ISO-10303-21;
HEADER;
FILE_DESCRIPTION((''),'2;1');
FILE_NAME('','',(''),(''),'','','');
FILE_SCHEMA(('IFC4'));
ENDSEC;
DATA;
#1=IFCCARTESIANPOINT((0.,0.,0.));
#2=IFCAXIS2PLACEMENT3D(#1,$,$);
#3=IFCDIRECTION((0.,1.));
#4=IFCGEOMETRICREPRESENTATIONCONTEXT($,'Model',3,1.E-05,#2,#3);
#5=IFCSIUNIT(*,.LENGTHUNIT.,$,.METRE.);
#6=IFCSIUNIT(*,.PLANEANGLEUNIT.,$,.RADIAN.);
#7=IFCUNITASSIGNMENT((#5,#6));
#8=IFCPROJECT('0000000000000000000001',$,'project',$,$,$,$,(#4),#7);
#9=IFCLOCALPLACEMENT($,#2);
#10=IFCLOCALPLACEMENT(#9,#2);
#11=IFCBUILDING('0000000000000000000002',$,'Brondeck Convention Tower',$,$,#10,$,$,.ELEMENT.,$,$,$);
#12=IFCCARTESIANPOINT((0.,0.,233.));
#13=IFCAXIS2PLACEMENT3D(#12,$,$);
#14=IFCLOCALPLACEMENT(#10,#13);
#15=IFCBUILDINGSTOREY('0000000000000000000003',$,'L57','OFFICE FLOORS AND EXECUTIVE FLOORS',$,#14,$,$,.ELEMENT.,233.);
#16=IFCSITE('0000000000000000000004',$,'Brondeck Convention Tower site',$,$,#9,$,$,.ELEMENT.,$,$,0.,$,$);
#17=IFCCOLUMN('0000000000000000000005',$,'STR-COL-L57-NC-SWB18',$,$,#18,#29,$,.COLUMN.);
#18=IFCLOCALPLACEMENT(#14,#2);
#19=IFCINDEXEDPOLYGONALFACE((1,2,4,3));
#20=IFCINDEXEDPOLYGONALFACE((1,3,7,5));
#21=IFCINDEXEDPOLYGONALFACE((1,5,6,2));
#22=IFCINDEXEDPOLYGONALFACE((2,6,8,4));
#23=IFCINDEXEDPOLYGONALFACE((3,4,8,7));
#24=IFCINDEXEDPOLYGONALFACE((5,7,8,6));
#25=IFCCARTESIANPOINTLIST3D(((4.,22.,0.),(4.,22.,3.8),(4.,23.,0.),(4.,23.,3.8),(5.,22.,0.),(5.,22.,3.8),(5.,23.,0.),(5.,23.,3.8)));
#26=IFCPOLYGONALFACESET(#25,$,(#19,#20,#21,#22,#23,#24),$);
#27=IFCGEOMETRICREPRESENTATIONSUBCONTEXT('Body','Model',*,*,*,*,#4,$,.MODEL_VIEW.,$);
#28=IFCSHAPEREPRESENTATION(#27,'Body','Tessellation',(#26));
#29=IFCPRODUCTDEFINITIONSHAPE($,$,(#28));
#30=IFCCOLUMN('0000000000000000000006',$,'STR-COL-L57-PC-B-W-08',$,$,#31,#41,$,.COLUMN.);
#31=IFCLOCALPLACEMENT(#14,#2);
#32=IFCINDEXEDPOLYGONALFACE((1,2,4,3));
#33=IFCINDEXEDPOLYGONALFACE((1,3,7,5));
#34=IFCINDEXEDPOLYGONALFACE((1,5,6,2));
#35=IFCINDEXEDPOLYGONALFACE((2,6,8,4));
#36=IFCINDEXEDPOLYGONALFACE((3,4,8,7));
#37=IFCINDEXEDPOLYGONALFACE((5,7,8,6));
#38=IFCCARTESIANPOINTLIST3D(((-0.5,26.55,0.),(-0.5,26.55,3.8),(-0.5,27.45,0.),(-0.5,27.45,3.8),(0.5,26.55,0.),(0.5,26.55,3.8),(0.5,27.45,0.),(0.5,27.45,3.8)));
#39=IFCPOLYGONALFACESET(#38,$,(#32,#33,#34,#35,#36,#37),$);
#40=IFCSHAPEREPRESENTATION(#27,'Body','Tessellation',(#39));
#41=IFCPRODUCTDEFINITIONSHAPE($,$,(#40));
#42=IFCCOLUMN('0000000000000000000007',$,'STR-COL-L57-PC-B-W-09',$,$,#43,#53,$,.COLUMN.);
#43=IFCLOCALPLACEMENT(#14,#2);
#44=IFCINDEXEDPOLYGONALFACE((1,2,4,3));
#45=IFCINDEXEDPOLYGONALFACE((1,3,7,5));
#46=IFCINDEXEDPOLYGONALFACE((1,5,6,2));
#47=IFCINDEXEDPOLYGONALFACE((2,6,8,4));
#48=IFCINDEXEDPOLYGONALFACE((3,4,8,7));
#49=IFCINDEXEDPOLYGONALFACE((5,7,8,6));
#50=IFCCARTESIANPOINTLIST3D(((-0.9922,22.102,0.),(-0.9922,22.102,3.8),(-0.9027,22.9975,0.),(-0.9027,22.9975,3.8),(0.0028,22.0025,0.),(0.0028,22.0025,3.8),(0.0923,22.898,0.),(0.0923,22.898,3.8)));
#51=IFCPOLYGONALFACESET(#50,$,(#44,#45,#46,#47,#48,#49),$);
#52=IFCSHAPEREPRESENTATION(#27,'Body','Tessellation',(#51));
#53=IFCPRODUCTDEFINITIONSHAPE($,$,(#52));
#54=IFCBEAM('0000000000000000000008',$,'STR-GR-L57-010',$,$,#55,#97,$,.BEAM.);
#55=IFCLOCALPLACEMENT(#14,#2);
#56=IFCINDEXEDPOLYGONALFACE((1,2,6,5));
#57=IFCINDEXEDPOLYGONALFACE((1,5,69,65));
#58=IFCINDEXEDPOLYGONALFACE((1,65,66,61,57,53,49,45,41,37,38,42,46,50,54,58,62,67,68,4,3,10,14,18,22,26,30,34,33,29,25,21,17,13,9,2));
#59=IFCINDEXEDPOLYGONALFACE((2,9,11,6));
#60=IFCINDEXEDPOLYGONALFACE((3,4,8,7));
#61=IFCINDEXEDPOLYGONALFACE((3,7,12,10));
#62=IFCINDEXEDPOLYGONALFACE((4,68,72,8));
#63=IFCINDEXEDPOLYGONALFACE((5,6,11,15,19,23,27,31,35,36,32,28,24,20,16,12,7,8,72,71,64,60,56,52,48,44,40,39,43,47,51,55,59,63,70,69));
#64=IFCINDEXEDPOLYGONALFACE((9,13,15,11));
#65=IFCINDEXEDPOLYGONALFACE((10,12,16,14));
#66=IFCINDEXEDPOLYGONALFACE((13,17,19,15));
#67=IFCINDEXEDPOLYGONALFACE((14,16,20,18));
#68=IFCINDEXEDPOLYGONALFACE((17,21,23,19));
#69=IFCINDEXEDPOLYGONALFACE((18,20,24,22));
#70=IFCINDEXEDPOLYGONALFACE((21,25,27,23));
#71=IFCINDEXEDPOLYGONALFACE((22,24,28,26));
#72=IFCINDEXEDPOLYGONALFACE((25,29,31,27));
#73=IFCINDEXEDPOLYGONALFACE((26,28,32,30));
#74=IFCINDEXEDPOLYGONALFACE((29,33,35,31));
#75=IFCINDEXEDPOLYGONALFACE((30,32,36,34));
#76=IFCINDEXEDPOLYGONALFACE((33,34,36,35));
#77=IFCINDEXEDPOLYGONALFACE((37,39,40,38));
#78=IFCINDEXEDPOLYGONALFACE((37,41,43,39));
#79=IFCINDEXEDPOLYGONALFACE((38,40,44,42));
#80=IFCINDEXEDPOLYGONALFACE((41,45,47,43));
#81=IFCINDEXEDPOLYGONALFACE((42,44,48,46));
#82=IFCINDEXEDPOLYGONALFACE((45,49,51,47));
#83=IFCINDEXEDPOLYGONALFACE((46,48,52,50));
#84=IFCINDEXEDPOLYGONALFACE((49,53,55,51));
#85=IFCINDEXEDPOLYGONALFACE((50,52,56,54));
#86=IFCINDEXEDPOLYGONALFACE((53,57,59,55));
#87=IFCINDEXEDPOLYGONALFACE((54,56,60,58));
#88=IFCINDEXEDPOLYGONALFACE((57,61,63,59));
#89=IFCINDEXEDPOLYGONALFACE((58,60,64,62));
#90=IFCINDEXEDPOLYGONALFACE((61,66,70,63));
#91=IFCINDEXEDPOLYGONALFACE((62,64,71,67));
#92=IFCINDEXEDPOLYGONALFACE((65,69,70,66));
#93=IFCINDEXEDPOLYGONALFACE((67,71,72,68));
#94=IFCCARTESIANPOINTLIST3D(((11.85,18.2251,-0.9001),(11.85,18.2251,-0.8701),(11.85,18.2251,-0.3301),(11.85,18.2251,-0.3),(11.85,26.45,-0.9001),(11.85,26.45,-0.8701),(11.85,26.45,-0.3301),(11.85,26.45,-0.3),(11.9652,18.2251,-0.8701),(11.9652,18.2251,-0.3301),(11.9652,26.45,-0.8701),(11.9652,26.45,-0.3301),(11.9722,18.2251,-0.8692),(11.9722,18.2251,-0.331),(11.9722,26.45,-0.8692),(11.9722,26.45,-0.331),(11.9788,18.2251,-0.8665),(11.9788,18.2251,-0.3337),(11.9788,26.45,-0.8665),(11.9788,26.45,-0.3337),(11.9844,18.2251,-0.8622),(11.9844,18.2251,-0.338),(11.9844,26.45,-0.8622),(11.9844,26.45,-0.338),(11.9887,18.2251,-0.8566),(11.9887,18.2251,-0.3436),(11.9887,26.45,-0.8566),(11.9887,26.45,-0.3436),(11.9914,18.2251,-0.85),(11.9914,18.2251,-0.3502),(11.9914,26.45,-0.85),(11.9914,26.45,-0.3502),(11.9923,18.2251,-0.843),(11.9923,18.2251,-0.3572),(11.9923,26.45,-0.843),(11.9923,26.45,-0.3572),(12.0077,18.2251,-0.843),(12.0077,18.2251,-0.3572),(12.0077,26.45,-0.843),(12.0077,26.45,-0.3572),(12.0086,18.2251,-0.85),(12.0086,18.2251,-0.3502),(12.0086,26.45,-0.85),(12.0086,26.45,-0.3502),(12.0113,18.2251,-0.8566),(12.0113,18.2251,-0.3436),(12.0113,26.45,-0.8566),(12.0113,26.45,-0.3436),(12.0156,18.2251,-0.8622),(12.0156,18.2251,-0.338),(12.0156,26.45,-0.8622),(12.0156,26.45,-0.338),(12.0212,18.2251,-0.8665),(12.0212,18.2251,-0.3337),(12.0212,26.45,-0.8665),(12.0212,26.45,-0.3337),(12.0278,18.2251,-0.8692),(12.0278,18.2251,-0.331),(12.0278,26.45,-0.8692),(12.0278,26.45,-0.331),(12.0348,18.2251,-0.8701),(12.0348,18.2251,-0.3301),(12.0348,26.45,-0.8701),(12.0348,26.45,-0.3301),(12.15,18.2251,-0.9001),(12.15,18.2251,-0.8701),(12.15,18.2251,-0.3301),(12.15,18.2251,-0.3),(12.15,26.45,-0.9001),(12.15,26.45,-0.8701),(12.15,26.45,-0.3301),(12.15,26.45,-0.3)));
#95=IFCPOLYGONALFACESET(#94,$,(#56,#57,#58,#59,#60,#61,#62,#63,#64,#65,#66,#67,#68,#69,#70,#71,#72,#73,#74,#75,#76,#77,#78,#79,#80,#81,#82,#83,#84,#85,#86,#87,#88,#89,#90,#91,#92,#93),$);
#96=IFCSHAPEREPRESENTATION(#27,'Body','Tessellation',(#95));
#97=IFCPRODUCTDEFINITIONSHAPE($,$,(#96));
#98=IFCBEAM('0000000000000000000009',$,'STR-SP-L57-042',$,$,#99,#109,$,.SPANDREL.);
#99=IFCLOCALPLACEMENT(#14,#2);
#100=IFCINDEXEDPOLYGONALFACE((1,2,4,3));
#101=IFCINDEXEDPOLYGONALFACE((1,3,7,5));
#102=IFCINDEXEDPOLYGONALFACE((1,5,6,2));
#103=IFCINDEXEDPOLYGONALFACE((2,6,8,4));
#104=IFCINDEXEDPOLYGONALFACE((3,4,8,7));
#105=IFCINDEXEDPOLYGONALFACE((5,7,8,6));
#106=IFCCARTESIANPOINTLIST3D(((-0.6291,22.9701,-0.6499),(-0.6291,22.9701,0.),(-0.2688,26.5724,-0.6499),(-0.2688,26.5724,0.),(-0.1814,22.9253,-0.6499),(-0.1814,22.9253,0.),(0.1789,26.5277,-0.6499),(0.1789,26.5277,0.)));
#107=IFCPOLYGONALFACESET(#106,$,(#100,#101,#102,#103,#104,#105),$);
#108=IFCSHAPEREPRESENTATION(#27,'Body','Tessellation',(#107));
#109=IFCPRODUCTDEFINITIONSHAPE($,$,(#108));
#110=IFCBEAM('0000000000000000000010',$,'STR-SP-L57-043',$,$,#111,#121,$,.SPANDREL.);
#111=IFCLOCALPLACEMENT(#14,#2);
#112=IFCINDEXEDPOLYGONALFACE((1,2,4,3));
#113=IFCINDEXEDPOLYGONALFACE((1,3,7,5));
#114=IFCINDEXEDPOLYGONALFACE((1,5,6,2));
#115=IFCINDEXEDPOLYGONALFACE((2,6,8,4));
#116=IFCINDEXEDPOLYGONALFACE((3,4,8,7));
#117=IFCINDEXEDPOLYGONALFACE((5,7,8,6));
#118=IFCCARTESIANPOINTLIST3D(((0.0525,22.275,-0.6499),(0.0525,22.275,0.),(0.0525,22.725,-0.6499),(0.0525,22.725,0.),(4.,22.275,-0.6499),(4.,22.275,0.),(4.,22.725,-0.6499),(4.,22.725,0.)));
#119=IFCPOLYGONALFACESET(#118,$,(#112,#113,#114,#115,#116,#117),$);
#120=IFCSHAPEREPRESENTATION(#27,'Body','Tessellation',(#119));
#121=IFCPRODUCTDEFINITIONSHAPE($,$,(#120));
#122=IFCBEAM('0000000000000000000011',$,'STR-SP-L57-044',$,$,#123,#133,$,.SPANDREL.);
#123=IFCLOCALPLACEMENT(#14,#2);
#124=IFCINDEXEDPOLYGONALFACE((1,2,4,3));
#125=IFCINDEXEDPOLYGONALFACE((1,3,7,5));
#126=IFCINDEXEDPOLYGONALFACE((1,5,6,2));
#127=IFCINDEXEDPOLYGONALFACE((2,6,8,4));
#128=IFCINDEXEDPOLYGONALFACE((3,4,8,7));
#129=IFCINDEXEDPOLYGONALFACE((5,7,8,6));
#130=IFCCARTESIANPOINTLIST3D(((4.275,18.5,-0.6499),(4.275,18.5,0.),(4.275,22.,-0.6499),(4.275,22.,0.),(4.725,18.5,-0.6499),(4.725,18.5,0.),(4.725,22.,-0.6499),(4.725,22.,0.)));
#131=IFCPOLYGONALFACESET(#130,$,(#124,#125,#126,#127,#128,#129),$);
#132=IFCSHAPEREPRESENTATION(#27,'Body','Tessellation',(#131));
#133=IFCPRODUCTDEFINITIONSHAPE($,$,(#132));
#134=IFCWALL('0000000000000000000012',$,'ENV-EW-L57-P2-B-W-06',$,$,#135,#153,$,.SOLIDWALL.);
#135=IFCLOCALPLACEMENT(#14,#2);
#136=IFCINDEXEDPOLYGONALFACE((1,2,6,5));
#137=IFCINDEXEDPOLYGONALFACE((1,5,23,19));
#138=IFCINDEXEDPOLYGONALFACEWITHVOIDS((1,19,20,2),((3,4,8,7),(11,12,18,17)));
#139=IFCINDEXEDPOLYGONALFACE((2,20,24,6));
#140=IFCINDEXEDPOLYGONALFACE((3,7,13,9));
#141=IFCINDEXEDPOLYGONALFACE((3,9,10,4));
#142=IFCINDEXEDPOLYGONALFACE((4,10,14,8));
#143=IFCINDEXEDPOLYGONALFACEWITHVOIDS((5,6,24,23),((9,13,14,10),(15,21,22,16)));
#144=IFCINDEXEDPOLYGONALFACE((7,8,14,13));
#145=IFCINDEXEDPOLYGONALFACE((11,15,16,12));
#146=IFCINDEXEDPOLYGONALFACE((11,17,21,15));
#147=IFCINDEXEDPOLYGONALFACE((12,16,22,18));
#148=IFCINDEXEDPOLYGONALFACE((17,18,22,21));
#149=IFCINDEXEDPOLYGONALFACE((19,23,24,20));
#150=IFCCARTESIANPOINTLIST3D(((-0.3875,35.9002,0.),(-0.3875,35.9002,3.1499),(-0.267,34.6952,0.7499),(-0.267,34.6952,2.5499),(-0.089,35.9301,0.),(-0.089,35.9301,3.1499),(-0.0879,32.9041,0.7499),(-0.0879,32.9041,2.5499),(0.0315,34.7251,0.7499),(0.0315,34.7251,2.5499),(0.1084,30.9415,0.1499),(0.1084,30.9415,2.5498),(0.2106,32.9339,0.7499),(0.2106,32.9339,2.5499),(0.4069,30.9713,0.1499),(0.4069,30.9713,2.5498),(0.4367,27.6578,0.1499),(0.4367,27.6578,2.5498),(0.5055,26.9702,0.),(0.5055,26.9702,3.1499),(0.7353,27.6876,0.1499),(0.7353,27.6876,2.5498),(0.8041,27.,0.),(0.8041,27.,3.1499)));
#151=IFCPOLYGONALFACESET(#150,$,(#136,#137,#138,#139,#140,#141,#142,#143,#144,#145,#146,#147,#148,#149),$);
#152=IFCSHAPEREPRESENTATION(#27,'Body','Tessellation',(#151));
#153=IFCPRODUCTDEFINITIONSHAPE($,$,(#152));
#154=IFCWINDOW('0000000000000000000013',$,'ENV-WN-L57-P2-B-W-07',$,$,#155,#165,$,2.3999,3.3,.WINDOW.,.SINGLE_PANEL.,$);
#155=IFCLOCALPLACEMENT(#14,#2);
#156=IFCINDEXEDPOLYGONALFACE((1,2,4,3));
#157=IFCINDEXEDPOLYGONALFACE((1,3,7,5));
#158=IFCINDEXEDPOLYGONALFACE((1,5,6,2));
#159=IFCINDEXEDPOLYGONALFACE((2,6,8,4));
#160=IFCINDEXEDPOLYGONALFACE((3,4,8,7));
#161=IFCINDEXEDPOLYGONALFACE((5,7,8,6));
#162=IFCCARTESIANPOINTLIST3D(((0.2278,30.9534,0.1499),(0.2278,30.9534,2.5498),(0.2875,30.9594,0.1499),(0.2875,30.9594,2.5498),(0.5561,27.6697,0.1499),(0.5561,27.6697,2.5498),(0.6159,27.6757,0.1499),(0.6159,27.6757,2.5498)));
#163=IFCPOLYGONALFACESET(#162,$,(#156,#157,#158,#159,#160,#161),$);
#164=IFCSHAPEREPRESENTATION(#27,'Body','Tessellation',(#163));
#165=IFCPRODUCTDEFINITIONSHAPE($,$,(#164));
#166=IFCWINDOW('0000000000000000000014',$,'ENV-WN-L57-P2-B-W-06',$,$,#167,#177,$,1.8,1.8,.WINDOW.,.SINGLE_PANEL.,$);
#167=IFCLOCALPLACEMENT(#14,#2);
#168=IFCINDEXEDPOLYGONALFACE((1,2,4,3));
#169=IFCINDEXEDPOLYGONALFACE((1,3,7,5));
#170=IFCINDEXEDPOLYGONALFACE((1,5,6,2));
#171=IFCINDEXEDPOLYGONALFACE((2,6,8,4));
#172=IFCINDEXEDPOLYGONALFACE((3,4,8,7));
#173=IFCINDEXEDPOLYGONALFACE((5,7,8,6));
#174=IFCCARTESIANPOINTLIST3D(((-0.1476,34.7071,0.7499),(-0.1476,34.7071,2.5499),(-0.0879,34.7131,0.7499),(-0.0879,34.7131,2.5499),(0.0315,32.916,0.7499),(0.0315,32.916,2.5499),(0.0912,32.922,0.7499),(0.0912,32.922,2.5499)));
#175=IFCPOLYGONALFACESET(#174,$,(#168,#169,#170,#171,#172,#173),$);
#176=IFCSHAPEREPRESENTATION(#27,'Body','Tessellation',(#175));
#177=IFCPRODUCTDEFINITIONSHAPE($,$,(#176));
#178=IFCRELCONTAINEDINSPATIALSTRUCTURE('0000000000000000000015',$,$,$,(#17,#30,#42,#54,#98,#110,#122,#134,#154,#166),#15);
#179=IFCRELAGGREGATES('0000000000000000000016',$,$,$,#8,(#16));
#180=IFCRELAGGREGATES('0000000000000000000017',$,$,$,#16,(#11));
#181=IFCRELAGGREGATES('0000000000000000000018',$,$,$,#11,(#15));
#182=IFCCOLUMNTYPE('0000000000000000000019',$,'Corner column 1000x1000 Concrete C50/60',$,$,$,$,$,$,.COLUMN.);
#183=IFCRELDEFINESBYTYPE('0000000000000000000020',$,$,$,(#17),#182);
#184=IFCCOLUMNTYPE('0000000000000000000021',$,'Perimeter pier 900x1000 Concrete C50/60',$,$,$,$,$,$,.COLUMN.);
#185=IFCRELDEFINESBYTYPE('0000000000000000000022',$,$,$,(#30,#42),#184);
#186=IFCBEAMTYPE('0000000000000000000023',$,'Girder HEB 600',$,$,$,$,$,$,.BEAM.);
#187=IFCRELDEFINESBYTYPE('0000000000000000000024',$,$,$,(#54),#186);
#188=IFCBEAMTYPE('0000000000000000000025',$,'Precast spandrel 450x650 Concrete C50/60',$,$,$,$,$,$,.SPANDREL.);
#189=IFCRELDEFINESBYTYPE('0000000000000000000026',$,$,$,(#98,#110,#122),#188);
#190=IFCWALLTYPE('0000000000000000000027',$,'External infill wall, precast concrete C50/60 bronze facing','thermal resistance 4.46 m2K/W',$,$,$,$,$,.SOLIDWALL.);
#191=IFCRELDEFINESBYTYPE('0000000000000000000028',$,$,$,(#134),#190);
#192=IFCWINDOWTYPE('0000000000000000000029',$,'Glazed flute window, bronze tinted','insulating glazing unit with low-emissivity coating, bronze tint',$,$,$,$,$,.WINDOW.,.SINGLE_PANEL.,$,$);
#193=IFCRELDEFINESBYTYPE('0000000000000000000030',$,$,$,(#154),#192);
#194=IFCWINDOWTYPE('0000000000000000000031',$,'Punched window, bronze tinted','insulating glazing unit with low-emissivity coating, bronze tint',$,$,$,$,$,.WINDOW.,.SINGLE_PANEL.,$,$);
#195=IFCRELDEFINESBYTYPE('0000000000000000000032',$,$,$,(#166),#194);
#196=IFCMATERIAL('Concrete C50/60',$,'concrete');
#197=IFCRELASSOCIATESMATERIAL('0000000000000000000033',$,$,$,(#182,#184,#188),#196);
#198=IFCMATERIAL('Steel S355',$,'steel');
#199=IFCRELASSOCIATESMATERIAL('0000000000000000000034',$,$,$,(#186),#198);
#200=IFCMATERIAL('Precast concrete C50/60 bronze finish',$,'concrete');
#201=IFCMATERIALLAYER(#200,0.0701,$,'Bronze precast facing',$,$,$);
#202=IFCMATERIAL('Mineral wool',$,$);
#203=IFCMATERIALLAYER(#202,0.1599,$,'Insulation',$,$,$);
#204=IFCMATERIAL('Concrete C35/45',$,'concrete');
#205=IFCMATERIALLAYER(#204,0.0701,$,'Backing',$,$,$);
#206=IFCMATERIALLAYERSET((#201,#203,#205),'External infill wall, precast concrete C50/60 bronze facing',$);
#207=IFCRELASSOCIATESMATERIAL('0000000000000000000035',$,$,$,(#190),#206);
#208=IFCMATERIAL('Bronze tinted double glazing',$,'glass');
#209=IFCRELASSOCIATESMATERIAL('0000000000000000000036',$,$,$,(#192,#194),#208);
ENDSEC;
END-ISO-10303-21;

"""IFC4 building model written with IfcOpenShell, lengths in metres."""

from ifc_helpers import new_model, si_unit, direction, frame, frame_2d, origin, origin_2d, place, context, subcontext, project, spatial, rectangle, i_section, extrude, material, layer, layer_set, material_profile, profile_set, type_object, element, fill, save


model = new_model("IFC4")

# Units and contexts
model_context = context("Model", 3, precision=1e-05, world=origin(), true_north=direction((0.0, 1.0)))
body_context = subcontext(model_context, "Body", "Model", "MODEL_VIEW")
ifc_project = project(units=[si_unit("LENGTHUNIT", "METRE"), si_unit("PLANEANGLEUNIT", "RADIAN")], contexts=[model_context])

# Site, building, storey
site_placement = place(None, origin())
site = spatial("IfcSite", under=ifc_project, at=site_placement, Name="Brondeck Convention Tower site", CompositionType="ELEMENT", RefElevation=0.0)
building_placement = place(site_placement, origin())
building = spatial("IfcBuilding", under=site, at=building_placement, Name="Brondeck Convention Tower", CompositionType="ELEMENT")
storey_placement = place(building_placement, frame((0.0, 0.0, 233.0)))
storey = spatial("IfcBuildingStorey", under=building, at=storey_placement, Name="L57", Description="OFFICE FLOORS AND EXECUTIVE FLOORS", CompositionType="ELEMENT", Elevation=233.0)

# Columns
ifc_material_1 = material(Name="Concrete C50/60", Category="concrete")
ifc_material_profile_1 = material_profile(ifc_material_1, rectangle(XDim=1.0, YDim=1.0, at=origin_2d()), Name="Corner column 1000x1000 Concrete C50/60")
ifc_profile_set_1 = profile_set([ifc_material_profile_1], Name="Concrete C50/60")
column_type_1 = type_object("IfcColumnType", Name="Corner column 1000x1000 Concrete C50/60", PredefinedType="COLUMN", material=ifc_profile_set_1)
column_placement = place(storey_placement, frame((4.5, 22.5, 0.0), z_axis=(0.0, 0.0, 1.0), x_axis=(1.0, 0.0, 0.0)))
element("IfcColumn", 1, at=column_placement, inside=storey, type_object=column_type_1, Name="STR-COL-L57-NC-SWB18", PredefinedType="COLUMN", context=body_context, shape_type="SweptSolid", body=[
    extrude(rectangle(XDim=1.0, YDim=1.0, at=origin_2d()), origin(), (0.0, 0.0, 1.0), 3.8),
])
ifc_material_profile_2 = material_profile(ifc_material_1, rectangle(XDim=0.8999, YDim=1.0, at=origin_2d()), Name="Perimeter pier 900x1000 Concrete C50/60")
ifc_profile_set_2 = profile_set([ifc_material_profile_2], Name="Concrete C50/60")
column_type_2 = type_object("IfcColumnType", Name="Perimeter pier 900x1000 Concrete C50/60", PredefinedType="COLUMN", material=ifc_profile_set_2)
for number, where, z_axis, x_axis, name in (
    (2, (0.0, 27.0, 0.0), (0.0, 0.0, 1.0), (0.0, -1.0, 0.0), "STR-COL-L57-PC-B-W-08"),
    (3, (-0.45, 22.5, 0.0), (0.0, 0.0, 1.0), (-0.099504, -0.995037, 0.0), "STR-COL-L57-PC-B-W-09"),
):
    element("IfcColumn", number, at=place(storey_placement, frame(where, z_axis=z_axis, x_axis=x_axis)), inside=storey, type_object=column_type_2, Name=name, PredefinedType="COLUMN", context=body_context, shape_type="SweptSolid", body=[
        extrude(rectangle(XDim=0.8999, YDim=1.0, at=origin_2d()), origin(), (0.0, 0.0, 1.0), 3.8),
    ])

# Beams
ifc_material_2 = material(Name="Steel S355", Category="steel")
ifc_material_profile_3 = material_profile(ifc_material_2, i_section(OverallWidth=0.3, OverallDepth=0.6001, WebThickness=0.0154, FlangeThickness=0.03, FilletRadius=0.0271, at=origin_2d()), Name="HEB 600")
ifc_profile_set_3 = profile_set([ifc_material_profile_3], Name="Steel S355")
beam_type_1 = type_object("IfcBeamType", Name="Girder HEB 600", PredefinedType="BEAM", material=ifc_profile_set_3)
beam_1_placement = place(storey_placement, frame((12.0, 26.45, -0.6001), z_axis=(0.0, -1.0, 0.0), x_axis=(1.0, 0.0, 0.0)))
element("IfcBeam", 4, at=beam_1_placement, inside=storey, type_object=beam_type_1, Name="STR-GR-L57-010", PredefinedType="BEAM", context=body_context, shape_type="SweptSolid", body=[
    extrude(i_section(OverallWidth=0.3, OverallDepth=0.6001, WebThickness=0.0154, FlangeThickness=0.03, FilletRadius=0.0271, at=origin_2d()), origin(), (0.0, 0.0, 1.0), 8.2249),
])
ifc_material_profile_4 = material_profile(ifc_material_1, rectangle(XDim=0.45, YDim=0.6499, at=origin_2d()), Name="Precast spandrel 450x650 Concrete C50/60")
ifc_profile_set_4 = profile_set([ifc_material_profile_4], Name="Concrete C50/60")
beam_type_2 = type_object("IfcBeamType", Name="Precast spandrel 450x650 Concrete C50/60", PredefinedType="SPANDREL", material=ifc_profile_set_4)
beam_2_placement = place(storey_placement, frame((-0.0449, 26.55, -0.325), z_axis=(-0.099537, -0.995034, 0.0), x_axis=(0.995034, -0.099537, 0.0)))
element("IfcBeam", 5, at=beam_2_placement, inside=storey, type_object=beam_type_2, Name="STR-SP-L57-042", PredefinedType="SPANDREL", context=body_context, shape_type="SweptSolid", body=[
    extrude(rectangle(XDim=0.45, YDim=0.6499, at=origin_2d()), origin(), (0.0, 0.0, 1.0), 3.6204),
])
beam_3_placement = place(storey_placement, frame((0.0525, 22.5, -0.325), z_axis=(1.0, 0.0, 0.0), x_axis=(0.0, 1.0, 0.0)))
element("IfcBeam", 6, at=beam_3_placement, inside=storey, type_object=beam_type_2, Name="STR-SP-L57-043", PredefinedType="SPANDREL", context=body_context, shape_type="SweptSolid", body=[
    extrude(rectangle(XDim=0.45, YDim=0.6499, at=origin_2d()), origin(), (0.0, 0.0, 1.0), 3.9475),
])
beam_4_placement = place(storey_placement, frame((4.5, 22.0, -0.325), z_axis=(0.0, -1.0, 0.0), x_axis=(1.0, 0.0, 0.0)))
element("IfcBeam", 7, at=beam_4_placement, inside=storey, type_object=beam_type_2, Name="STR-SP-L57-044", PredefinedType="SPANDREL", context=body_context, shape_type="SweptSolid", body=[
    extrude(rectangle(XDim=0.45, YDim=0.6499, at=origin_2d()), origin(), (0.0, 0.0, 1.0), 3.5),
])

# Wall, openings, windows
ifc_material_3 = material(Name="Precast concrete C50/60 bronze finish", Category="concrete")
ifc_layer_1 = layer(ifc_material_3, 0.0701, Name="Bronze precast facing")
ifc_material_4 = material(Name="Mineral wool")
ifc_layer_2 = layer(ifc_material_4, 0.1599, Name="Insulation")
ifc_material_5 = material(Name="Concrete C35/45", Category="concrete")
ifc_layer_3 = layer(ifc_material_5, 0.0701, Name="Backing")
ifc_layer_set_1 = layer_set([ifc_layer_1, ifc_layer_2, ifc_layer_3], Name="External infill wall, precast concrete C50/60 bronze facing")
wall_type_1 = type_object("IfcWallType", Name="External infill wall, precast concrete C50/60 bronze facing", Description="thermal resistance 4.46 m2K/W", PredefinedType="SOLIDWALL", material=ifc_layer_set_1)
wall_1_placement = place(storey_placement, frame((0.6548, 26.9851, 0.0), z_axis=(0.0, 0.0, 1.0), x_axis=(-0.099509, 0.995037, 0.0)))
wall_1 = element("IfcWall", 8, at=wall_1_placement, inside=storey, type_object=wall_type_1, Name="ENV-EW-L57-P2-B-W-06", PredefinedType="SOLIDWALL", context=body_context, shape_type="SweptSolid", body=[
    extrude(rectangle(XDim=8.9746, YDim=0.3, at=frame_2d((4.4873, 0.0))), origin(), (0.0, 0.0, 1.0), 3.1499),
])
opening_1_placement = place(wall_1_placement, frame((0.6912, 0.0, 0.1499)))
opening_1 = element("IfcOpeningElement", 9, at=opening_1_placement, cuts=wall_1, PredefinedType="OPENING", context=body_context, shape_type="SweptSolid", body=[
    extrude(rectangle(XDim=3.3, YDim=2.3999, at=frame_2d((1.6499, 1.2))), frame((0.0, 0.1599, 0.0), z_axis=(0.0, -1.0, 0.0), x_axis=(1.0, 0.0, 0.0)), (0.0, 0.0, 1.0), 0.3201),
])
opening_2_placement = place(wall_1_placement, frame((5.9636, 0.0, 0.75)))
opening_2 = element("IfcOpeningElement", 10, at=opening_2_placement, cuts=wall_1, PredefinedType="OPENING", context=body_context, shape_type="SweptSolid", body=[
    extrude(rectangle(XDim=1.8, YDim=1.8, at=frame_2d((0.8999, 0.8999))), frame((0.0, 0.1599, 0.0), z_axis=(0.0, -1.0, 0.0), x_axis=(1.0, 0.0, 0.0)), (0.0, 0.0, 1.0), 0.3201),
])
ifc_material_6 = material(Name="Bronze tinted double glazing", Category="glass")
window_type_1 = type_object("IfcWindowType", Name="Glazed flute window, bronze tinted", Description="insulating glazing unit with low-emissivity coating, bronze tint", PartitioningType="SINGLE_PANEL", PredefinedType="WINDOW", material=ifc_material_6)
window_1_placement = place(opening_1_placement, origin())
window_1 = element("IfcWindow", 11, at=window_1_placement, inside=storey, type_object=window_type_1, Name="ENV-WN-L57-P2-B-W-07", OverallHeight=2.3999, OverallWidth=3.3, PartitioningType="SINGLE_PANEL", PredefinedType="WINDOW", context=body_context, shape_type="SweptSolid", body=[
    extrude(rectangle(XDim=3.3, YDim=2.3999, at=frame_2d((1.6499, 1.2))), frame((0.0, 0.03, 0.0), z_axis=(0.0, -1.0, 0.0), x_axis=(1.0, 0.0, 0.0)), (0.0, 0.0, 1.0), 0.0601),
])
fill(opening_1, window_1)
window_type_2 = type_object("IfcWindowType", Name="Punched window, bronze tinted", Description="insulating glazing unit with low-emissivity coating, bronze tint", PartitioningType="SINGLE_PANEL", PredefinedType="WINDOW", material=ifc_material_6)
window_2_placement = place(opening_2_placement, origin())
window_2 = element("IfcWindow", 12, at=window_2_placement, inside=storey, type_object=window_type_2, Name="ENV-WN-L57-P2-B-W-06", OverallHeight=1.8, OverallWidth=1.8, PartitioningType="SINGLE_PANEL", PredefinedType="WINDOW", context=body_context, shape_type="SweptSolid", body=[
    extrude(rectangle(XDim=1.8, YDim=1.8, at=frame_2d((0.8999, 0.8999))), frame((0.0, 0.03, 0.0), z_axis=(0.0, -1.0, 0.0), x_axis=(1.0, 0.0, 0.0)), (0.0, 0.0, 1.0), 0.0601),
])
fill(opening_2, window_2)

save(model, "model.ifc")
